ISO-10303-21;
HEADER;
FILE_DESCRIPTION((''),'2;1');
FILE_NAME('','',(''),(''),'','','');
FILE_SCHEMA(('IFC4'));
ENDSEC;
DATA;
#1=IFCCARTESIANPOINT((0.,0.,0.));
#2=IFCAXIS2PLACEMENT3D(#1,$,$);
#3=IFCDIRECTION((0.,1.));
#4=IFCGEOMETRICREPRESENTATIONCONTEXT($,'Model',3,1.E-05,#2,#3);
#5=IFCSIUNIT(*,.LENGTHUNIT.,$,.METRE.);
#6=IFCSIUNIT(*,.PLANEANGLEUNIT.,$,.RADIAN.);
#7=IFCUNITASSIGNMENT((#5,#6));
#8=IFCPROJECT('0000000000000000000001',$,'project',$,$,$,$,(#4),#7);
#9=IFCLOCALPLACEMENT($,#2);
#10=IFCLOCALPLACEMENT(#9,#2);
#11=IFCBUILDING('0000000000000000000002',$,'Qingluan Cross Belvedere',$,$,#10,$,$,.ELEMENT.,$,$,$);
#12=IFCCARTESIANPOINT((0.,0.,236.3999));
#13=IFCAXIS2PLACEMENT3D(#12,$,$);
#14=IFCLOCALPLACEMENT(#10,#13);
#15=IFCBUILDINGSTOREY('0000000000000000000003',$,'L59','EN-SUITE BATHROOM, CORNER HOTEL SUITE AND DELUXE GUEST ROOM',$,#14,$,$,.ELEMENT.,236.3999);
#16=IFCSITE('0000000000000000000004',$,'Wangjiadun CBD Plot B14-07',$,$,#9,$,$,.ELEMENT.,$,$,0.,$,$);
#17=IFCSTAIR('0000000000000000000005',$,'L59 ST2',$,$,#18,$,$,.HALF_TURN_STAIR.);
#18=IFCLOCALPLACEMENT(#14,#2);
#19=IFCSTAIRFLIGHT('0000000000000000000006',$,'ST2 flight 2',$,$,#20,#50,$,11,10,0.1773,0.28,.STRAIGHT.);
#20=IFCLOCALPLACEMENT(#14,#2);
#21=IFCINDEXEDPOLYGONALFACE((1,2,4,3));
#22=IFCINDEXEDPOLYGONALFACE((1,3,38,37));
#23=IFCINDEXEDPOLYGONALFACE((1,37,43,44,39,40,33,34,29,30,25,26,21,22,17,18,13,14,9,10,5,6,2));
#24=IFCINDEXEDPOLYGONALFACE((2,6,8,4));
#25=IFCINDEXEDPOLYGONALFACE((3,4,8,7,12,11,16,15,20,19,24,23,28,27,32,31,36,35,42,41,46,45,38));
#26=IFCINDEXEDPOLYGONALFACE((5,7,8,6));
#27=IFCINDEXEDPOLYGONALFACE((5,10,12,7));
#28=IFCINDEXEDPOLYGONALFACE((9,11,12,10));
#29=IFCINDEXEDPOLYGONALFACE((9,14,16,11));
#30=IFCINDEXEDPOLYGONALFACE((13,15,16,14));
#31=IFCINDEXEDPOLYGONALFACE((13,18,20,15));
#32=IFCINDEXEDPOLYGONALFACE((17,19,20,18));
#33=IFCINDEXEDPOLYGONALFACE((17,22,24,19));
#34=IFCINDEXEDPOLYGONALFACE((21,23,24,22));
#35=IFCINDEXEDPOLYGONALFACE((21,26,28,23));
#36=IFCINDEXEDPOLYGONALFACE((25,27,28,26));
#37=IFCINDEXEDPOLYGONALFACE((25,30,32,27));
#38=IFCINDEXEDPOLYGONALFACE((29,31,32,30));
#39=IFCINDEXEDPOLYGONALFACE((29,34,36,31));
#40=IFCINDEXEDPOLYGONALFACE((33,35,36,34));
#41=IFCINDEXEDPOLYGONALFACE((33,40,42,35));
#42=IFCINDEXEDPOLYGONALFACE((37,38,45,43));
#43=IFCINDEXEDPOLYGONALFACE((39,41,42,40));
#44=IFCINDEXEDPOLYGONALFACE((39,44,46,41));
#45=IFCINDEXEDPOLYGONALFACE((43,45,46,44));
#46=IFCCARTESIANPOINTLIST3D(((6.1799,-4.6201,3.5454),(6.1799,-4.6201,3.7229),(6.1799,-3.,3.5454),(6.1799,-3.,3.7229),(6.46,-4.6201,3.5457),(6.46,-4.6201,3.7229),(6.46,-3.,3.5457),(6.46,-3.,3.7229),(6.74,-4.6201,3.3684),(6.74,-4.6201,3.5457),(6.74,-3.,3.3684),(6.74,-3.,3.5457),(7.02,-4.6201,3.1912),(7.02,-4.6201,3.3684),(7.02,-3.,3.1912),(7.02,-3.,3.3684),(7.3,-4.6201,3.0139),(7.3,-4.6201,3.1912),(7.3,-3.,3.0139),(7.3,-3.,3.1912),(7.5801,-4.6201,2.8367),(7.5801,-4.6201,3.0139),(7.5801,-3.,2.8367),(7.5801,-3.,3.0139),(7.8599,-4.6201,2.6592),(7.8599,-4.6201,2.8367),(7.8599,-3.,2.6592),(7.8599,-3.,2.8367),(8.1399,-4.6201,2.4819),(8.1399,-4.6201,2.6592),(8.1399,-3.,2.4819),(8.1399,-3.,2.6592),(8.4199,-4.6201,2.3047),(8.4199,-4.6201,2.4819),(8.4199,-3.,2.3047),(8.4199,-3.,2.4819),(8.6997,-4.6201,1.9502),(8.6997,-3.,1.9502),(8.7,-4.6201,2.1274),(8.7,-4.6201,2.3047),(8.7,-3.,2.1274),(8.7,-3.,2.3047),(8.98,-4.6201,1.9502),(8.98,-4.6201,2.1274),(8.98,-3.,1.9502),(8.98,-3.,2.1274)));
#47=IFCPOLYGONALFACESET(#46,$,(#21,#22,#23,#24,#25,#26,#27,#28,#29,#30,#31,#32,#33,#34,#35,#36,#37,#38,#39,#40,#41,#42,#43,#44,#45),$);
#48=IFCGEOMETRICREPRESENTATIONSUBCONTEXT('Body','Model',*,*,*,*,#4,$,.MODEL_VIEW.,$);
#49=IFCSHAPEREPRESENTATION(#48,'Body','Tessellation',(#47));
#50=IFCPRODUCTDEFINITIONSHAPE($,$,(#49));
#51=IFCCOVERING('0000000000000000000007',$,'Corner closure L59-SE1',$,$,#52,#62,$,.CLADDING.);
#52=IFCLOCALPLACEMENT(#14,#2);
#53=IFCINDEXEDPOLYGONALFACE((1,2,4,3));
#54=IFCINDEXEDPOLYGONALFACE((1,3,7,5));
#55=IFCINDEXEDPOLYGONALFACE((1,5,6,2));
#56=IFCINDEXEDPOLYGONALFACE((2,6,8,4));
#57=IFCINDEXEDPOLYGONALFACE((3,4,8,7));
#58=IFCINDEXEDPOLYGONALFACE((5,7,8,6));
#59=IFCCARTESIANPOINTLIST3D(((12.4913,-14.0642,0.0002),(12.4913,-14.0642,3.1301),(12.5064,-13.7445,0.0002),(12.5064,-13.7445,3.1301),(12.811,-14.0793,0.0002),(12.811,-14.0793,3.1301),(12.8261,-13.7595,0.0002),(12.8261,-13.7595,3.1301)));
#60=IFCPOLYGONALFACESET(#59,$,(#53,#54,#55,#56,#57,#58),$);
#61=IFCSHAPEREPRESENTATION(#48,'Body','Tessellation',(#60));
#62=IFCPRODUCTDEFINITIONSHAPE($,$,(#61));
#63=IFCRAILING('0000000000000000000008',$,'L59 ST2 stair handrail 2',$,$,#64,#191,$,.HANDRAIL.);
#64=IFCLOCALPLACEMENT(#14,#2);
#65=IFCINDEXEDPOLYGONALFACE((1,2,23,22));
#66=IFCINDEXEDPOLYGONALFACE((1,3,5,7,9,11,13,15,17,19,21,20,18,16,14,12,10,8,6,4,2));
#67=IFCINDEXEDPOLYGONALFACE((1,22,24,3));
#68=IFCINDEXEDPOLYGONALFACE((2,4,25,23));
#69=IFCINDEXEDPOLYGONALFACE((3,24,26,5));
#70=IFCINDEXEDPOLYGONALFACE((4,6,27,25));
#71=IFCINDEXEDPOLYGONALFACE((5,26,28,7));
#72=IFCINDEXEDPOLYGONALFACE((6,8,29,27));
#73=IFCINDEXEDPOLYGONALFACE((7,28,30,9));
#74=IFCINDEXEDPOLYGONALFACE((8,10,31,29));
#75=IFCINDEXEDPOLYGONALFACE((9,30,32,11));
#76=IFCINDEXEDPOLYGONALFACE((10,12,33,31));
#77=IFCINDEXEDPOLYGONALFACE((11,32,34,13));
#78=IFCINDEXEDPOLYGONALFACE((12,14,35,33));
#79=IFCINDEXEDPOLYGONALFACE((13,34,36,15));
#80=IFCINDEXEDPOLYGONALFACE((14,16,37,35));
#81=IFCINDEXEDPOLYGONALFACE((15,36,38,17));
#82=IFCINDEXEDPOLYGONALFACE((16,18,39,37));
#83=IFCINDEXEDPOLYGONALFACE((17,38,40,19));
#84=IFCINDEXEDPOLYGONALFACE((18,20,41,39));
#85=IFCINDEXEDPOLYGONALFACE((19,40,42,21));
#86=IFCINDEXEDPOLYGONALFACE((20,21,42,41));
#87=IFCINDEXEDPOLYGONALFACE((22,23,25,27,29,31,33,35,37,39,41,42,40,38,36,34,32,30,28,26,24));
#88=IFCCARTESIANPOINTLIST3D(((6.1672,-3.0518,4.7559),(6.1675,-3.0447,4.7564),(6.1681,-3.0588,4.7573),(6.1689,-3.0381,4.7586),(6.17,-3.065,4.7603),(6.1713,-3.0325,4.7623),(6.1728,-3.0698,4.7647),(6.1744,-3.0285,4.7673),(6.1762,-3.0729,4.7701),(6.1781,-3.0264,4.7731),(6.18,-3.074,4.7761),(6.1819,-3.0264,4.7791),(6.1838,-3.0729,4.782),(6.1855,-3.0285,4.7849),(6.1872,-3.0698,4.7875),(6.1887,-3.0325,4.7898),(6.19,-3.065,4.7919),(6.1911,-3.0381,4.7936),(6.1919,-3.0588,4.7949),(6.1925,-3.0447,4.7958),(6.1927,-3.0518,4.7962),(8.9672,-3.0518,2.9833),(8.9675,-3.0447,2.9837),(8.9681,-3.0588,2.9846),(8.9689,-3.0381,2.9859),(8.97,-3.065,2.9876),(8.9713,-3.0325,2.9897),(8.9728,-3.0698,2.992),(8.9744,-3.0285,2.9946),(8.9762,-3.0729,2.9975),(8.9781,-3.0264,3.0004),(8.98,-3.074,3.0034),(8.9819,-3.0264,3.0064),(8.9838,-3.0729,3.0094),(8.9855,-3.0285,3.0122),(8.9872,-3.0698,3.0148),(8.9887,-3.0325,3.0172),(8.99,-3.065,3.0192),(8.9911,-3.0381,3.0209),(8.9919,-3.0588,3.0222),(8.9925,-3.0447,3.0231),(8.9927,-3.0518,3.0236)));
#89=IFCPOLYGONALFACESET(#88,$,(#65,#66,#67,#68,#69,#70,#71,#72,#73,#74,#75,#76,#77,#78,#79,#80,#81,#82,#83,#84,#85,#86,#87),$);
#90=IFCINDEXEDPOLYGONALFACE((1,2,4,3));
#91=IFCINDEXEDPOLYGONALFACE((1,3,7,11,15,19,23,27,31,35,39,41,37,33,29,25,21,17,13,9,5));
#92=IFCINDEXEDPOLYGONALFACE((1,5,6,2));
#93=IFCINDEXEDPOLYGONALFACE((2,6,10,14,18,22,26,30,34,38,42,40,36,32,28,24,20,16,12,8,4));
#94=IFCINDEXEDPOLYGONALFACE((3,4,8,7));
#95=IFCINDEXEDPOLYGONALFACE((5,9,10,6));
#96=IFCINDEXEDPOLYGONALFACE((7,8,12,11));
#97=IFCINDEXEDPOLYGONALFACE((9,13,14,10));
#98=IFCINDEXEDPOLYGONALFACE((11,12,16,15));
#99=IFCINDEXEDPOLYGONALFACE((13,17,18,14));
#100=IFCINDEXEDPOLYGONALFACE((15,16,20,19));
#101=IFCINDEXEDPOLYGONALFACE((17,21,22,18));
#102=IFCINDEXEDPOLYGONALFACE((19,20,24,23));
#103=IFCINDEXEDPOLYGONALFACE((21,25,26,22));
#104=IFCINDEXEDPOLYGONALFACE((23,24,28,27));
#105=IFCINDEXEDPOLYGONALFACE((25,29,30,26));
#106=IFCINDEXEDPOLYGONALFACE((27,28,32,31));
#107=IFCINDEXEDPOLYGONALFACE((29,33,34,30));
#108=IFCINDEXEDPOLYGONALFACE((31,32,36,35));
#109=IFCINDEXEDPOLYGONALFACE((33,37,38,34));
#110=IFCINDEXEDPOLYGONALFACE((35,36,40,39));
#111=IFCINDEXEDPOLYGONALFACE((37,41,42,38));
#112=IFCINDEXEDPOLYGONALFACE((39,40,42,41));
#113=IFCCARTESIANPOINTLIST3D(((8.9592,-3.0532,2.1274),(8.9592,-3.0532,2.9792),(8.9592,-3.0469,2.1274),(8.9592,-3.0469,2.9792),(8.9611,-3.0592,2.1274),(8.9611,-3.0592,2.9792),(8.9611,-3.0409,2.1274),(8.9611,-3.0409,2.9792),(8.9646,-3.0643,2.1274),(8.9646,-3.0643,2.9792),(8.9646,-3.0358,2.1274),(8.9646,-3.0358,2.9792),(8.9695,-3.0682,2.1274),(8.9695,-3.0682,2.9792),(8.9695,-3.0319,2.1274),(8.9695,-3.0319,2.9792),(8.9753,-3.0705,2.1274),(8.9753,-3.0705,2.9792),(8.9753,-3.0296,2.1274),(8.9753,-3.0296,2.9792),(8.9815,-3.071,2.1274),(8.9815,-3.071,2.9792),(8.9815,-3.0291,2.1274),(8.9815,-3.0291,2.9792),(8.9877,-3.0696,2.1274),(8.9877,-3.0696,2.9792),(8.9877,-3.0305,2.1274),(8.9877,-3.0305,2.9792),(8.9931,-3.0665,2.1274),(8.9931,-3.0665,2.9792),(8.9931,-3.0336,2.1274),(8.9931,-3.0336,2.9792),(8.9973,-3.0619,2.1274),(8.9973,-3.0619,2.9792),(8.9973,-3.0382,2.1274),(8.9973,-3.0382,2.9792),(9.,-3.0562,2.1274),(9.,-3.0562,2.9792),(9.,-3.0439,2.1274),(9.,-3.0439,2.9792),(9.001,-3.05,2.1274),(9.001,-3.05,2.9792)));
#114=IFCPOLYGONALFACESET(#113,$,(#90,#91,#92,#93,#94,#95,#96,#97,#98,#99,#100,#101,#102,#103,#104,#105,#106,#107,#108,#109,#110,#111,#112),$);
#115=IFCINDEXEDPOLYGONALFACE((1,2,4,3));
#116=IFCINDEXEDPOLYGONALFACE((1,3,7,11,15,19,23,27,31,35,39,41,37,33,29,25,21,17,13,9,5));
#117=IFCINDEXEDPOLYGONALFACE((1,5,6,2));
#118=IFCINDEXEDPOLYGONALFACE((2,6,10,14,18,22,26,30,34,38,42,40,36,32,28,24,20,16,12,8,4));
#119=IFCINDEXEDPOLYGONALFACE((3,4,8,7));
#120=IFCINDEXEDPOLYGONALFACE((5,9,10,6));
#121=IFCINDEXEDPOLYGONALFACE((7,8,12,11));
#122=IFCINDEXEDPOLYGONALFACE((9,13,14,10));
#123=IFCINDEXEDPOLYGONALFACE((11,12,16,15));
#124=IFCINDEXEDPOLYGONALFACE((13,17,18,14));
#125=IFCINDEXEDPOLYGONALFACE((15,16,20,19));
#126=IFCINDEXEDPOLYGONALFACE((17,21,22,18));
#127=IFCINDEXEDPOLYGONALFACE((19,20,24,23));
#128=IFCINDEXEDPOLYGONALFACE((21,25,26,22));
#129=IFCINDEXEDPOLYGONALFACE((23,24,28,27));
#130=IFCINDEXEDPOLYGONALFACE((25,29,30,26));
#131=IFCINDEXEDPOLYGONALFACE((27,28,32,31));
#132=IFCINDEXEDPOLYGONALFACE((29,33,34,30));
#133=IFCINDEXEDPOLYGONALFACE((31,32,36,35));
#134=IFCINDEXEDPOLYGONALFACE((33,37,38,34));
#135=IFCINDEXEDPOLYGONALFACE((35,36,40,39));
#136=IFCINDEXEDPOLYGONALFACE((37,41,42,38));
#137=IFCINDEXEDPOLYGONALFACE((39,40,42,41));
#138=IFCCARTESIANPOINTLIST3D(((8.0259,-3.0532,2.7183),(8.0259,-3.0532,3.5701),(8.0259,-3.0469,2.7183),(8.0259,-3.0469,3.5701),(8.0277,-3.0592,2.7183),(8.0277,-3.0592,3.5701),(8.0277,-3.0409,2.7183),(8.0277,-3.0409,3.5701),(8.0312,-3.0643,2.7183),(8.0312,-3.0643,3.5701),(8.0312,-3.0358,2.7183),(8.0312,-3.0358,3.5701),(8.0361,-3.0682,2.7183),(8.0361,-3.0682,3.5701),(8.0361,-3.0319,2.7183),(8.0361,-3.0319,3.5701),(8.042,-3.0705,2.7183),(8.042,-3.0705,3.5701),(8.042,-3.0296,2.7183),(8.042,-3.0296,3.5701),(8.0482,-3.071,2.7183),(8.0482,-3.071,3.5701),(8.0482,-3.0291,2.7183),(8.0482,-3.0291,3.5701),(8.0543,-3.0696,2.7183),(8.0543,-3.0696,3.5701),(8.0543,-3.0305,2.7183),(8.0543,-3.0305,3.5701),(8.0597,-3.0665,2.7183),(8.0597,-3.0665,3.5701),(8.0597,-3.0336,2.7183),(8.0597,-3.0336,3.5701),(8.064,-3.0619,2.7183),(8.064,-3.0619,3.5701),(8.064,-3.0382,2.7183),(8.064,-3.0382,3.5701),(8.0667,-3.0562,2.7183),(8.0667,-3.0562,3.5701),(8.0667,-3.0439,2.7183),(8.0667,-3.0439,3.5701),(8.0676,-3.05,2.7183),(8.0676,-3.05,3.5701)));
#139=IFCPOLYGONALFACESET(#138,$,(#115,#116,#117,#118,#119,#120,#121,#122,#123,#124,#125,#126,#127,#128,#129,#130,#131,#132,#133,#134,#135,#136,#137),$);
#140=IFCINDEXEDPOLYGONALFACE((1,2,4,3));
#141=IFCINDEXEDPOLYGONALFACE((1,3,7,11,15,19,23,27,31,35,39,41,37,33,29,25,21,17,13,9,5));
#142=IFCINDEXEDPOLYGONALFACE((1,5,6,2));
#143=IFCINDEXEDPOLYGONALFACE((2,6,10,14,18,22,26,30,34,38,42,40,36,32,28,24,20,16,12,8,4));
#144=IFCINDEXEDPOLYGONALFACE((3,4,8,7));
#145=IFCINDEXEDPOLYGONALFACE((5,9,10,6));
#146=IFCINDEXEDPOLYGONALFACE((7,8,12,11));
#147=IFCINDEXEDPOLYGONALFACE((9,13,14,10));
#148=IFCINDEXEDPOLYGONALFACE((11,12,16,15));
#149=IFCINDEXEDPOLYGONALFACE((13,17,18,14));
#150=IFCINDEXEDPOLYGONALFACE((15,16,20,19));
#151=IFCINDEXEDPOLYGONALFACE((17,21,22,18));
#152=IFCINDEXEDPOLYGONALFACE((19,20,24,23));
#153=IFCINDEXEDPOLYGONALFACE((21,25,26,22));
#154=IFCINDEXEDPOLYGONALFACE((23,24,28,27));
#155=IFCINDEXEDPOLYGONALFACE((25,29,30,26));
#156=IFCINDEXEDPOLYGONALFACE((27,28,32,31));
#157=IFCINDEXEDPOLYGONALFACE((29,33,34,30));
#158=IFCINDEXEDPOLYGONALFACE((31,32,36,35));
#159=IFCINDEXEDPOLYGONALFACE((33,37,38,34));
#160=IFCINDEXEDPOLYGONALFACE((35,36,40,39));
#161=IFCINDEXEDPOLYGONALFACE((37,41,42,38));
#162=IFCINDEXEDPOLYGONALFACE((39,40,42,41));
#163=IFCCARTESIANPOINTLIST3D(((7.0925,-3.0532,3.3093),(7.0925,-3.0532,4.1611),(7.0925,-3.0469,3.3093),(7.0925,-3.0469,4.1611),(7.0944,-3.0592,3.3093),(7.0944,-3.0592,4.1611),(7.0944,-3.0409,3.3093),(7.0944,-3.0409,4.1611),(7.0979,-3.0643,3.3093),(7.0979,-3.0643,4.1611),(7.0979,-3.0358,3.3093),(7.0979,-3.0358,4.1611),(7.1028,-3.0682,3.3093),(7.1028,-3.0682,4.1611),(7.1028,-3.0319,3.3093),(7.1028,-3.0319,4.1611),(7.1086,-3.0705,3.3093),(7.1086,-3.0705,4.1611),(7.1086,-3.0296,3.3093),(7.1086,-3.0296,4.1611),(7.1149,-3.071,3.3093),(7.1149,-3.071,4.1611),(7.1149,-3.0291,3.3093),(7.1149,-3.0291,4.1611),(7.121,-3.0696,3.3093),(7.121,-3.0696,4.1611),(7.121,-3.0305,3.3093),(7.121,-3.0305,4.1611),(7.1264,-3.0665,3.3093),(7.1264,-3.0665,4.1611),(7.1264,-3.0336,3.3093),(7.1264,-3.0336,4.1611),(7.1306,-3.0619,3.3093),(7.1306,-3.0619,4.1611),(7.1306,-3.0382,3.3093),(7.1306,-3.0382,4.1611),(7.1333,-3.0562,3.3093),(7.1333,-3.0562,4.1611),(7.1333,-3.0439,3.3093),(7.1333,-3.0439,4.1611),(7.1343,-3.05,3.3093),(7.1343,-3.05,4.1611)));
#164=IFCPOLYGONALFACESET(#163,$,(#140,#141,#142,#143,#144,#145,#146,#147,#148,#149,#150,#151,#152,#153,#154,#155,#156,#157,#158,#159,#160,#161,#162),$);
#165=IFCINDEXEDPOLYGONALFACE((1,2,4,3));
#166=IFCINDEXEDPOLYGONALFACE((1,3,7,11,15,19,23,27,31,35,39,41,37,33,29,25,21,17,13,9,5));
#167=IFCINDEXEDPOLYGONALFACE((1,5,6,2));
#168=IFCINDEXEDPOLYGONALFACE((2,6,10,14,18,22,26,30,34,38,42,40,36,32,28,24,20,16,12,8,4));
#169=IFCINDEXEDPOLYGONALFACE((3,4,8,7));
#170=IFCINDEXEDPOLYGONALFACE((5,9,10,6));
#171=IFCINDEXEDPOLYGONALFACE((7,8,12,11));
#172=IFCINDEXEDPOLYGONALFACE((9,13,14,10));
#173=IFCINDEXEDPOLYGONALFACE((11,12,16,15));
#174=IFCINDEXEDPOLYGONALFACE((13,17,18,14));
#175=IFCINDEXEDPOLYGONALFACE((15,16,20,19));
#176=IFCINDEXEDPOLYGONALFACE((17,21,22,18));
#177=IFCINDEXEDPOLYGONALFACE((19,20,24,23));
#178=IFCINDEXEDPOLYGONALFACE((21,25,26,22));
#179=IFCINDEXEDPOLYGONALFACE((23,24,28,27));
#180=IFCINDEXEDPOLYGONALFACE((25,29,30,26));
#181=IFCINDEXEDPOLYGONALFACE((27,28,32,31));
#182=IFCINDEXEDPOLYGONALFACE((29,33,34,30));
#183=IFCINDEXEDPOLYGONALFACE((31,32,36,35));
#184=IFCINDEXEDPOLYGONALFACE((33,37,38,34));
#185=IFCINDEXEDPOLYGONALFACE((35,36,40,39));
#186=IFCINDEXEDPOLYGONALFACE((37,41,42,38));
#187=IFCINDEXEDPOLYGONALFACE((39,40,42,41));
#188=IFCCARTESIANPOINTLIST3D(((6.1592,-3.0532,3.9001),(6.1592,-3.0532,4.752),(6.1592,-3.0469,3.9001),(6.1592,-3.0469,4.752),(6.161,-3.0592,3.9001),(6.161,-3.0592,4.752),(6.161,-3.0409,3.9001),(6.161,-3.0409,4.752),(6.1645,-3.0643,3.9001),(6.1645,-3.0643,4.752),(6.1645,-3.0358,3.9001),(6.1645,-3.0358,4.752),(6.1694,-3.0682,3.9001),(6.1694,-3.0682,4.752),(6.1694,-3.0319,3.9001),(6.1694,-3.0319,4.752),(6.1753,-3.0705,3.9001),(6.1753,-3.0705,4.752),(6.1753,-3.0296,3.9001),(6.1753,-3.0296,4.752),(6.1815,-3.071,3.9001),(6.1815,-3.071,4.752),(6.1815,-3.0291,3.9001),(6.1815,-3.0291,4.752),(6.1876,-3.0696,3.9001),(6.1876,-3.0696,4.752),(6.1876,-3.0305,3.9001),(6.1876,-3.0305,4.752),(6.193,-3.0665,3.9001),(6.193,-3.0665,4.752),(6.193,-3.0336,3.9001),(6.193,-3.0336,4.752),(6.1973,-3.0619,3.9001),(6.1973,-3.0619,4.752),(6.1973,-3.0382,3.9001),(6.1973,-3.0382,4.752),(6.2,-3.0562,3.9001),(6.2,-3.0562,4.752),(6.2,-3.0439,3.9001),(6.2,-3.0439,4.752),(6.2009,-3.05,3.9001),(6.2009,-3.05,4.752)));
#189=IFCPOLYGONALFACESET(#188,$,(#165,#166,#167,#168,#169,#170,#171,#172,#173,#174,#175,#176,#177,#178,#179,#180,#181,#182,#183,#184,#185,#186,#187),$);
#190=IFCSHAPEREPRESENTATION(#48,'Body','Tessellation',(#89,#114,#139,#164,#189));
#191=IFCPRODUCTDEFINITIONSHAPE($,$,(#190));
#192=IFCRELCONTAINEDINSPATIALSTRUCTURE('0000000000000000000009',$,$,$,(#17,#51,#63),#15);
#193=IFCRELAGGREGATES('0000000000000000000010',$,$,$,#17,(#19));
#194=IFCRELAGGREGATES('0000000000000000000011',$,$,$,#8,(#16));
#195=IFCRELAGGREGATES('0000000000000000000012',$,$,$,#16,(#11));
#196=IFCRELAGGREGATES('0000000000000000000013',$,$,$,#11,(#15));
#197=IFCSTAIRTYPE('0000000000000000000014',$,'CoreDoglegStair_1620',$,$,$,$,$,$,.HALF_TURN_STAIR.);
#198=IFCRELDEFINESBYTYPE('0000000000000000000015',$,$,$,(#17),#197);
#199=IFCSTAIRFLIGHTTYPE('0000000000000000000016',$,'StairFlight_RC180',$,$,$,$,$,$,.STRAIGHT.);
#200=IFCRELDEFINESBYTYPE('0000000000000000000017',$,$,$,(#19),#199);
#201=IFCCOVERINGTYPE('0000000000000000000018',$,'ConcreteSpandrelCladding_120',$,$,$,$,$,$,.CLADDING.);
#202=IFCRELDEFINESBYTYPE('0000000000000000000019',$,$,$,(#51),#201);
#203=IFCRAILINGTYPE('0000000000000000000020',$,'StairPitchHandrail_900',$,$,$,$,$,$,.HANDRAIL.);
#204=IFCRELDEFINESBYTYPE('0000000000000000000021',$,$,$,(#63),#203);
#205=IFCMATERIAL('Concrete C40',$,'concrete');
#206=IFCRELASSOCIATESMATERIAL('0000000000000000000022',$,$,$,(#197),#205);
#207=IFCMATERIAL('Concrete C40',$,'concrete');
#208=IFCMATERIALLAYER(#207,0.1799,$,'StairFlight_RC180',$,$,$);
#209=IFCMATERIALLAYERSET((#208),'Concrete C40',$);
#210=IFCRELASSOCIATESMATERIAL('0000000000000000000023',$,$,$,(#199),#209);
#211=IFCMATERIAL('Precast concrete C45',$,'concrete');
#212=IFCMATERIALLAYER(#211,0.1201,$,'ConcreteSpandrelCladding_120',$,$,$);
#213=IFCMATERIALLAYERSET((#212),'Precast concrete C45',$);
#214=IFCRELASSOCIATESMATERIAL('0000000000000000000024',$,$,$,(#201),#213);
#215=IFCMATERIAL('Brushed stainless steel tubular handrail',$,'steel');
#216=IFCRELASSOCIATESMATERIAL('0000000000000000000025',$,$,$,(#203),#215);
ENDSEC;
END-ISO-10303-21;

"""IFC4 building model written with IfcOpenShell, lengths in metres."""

from ifc_helpers import new_model, si_unit, direction, frame, origin, origin_2d, place, context, subcontext, project, spatial, polyline, rectangle, circle, outline, extrude, material, layer, layer_set, type_object, element, aggregate, save


model = new_model("IFC4")

# Units and contexts
model_context = context("Model", 3, precision=1e-05, world=origin(), true_north=direction((0.0, 1.0)))
body_context = subcontext(model_context, "Body", "Model", "MODEL_VIEW")
ifc_project = project(units=[si_unit("LENGTHUNIT", "METRE"), si_unit("PLANEANGLEUNIT", "RADIAN")], contexts=[model_context])

# Site, building, storey
site_placement = place(None, origin())
site = spatial("IfcSite", under=ifc_project, at=site_placement, Name="Wangjiadun CBD Plot B14-07", CompositionType="ELEMENT", RefElevation=0.0)
building_placement = place(site_placement, origin())
building = spatial("IfcBuilding", under=site, at=building_placement, Name="Qingluan Cross Belvedere", CompositionType="ELEMENT")
storey_placement = place(building_placement, frame((0.0, 0.0, 236.3999)))
storey = spatial("IfcBuildingStorey", under=building, at=storey_placement, Name="L59", Description="EN-SUITE BATHROOM, CORNER HOTEL SUITE AND DELUXE GUEST ROOM", CompositionType="ELEMENT", Elevation=236.3999)

# Stair, stair flight
ifc_material_1 = material(Name="Concrete C40", Category="concrete")
stair_type = type_object("IfcStairType", Name="CoreDoglegStair_1620", PredefinedType="HALF_TURN_STAIR", material=ifc_material_1)
stair_placement = place(storey_placement, origin())
stair = element("IfcStair", 1, at=stair_placement, inside=storey, type_object=stair_type, Name="L59 ST2", PredefinedType="HALF_TURN_STAIR")
ifc_material_2 = material(Name="Concrete C40", Category="concrete")
ifc_layer_1 = layer(ifc_material_2, 0.1799, Name="StairFlight_RC180")
ifc_layer_set_1 = layer_set([ifc_layer_1], Name="Concrete C40")
stair_flight_type = type_object("IfcStairFlightType", Name="StairFlight_RC180", PredefinedType="STRAIGHT", material=ifc_layer_set_1)
stair_flight_placement = place(storey_placement, frame((8.98, -3.8101, 1.9502), z_axis=(0.0, 0.0, 1.0), x_axis=(-1.0, 0.0, 0.0)))
stair_flight = element("IfcStairFlight", 2, at=stair_flight_placement, type_object=stair_flight_type, Name="ST2 flight 2", NumberOfRisers=11, NumberOfTreads=10, PredefinedType="STRAIGHT", RiserHeight=0.1773, TreadLength=0.28, context=body_context, shape_type="SweptSolid", body=[
    extrude(outline(polyline([(0.0, 0.0), (0.0, 0.1772), (0.28, 0.1772), (0.28, 0.3545), (0.5601, 0.3545), (0.5601, 0.5317), (0.8401, 0.5317), (0.8401, 0.709), (1.1201, 0.709), (1.1201, 0.8865), (1.3999, 0.8865), (1.3999, 1.0637), (1.6799, 1.0637), (1.6799, 1.241), (1.96, 1.241), (1.96, 1.4182), (2.24, 1.4182), (2.24, 1.5955), (2.52, 1.5955), (2.52, 1.7727), (2.8, 1.7727), (2.8, 1.95), (2.8, 1.5952), (0.2803, 0.0), (0.0, 0.0)])), frame((0.0, 0.8101, 0.0), z_axis=(0.0, -1.0, 0.0), x_axis=(1.0, 0.0, 0.0)), (0.0, 0.0, 1.0), 1.6201),
])
aggregate(stair, [stair_flight])

# Covering
ifc_material_3 = material(Name="Precast concrete C45", Category="concrete")
ifc_layer_2 = layer(ifc_material_3, 0.1201, Name="ConcreteSpandrelCladding_120")
ifc_layer_set_2 = layer_set([ifc_layer_2], Name="Precast concrete C45")
covering_type = type_object("IfcCoveringType", Name="ConcreteSpandrelCladding_120", PredefinedType="CLADDING", material=ifc_layer_set_2)
covering_placement = place(storey_placement, frame((12.6587, -13.9119, 0.0002), z_axis=(0.0, 0.0, 1.0), x_axis=(0.99889, -0.047106, 0.0)))
element("IfcCovering", 3, at=covering_placement, inside=storey, type_object=covering_type, Name="Corner closure L59-SE1", PredefinedType="CLADDING", context=body_context, shape_type="SweptSolid", body=[
    extrude(rectangle(XDim=0.3201, YDim=0.3201, at=origin_2d()), origin(), (0.0, 0.0, 1.0), 3.1299),
])

# Railing
ifc_material_4 = material(Name="Brushed stainless steel tubular handrail", Category="steel")
railing_type_1 = type_object("IfcRailingType", Name="StairPitchHandrail_900", PredefinedType="HANDRAIL", material=ifc_material_4)
railing_1_placement = place(storey_placement, frame((8.98, -3.05, 2.1274)))
element("IfcRailing", 4, at=railing_1_placement, inside=storey, type_object=railing_type_1, Name="L59 ST2 stair handrail 2", PredefinedType="HANDRAIL", context=body_context, shape_type="SweptSolid", body=[
    extrude(circle(Radius=0.0239, at=origin_2d()), frame((0.0, 0.0, 0.876), z_axis=(-0.844909, 0.0, 0.53491), x_axis=(0.0, -1.0, 0.0)), (0.0, 0.0, 1.0), 3.314),
    extrude(circle(Radius=0.021, at=origin_2d()), origin(), (0.0, 0.0, 1.0), 0.8518),
    extrude(circle(Radius=0.021, at=origin_2d()), frame((-0.9333, 0.0, 0.5908)), (0.0, 0.0, 1.0), 0.8518),
    extrude(circle(Radius=0.021, at=origin_2d()), frame((-1.8667, 0.0, 1.1819)), (0.0, 0.0, 1.0), 0.8518),
    extrude(circle(Radius=0.021, at=origin_2d()), frame((-2.8, 0.0, 1.7727)), (0.0, 0.0, 1.0), 0.8518),
])

save(model, "model.ifc")
